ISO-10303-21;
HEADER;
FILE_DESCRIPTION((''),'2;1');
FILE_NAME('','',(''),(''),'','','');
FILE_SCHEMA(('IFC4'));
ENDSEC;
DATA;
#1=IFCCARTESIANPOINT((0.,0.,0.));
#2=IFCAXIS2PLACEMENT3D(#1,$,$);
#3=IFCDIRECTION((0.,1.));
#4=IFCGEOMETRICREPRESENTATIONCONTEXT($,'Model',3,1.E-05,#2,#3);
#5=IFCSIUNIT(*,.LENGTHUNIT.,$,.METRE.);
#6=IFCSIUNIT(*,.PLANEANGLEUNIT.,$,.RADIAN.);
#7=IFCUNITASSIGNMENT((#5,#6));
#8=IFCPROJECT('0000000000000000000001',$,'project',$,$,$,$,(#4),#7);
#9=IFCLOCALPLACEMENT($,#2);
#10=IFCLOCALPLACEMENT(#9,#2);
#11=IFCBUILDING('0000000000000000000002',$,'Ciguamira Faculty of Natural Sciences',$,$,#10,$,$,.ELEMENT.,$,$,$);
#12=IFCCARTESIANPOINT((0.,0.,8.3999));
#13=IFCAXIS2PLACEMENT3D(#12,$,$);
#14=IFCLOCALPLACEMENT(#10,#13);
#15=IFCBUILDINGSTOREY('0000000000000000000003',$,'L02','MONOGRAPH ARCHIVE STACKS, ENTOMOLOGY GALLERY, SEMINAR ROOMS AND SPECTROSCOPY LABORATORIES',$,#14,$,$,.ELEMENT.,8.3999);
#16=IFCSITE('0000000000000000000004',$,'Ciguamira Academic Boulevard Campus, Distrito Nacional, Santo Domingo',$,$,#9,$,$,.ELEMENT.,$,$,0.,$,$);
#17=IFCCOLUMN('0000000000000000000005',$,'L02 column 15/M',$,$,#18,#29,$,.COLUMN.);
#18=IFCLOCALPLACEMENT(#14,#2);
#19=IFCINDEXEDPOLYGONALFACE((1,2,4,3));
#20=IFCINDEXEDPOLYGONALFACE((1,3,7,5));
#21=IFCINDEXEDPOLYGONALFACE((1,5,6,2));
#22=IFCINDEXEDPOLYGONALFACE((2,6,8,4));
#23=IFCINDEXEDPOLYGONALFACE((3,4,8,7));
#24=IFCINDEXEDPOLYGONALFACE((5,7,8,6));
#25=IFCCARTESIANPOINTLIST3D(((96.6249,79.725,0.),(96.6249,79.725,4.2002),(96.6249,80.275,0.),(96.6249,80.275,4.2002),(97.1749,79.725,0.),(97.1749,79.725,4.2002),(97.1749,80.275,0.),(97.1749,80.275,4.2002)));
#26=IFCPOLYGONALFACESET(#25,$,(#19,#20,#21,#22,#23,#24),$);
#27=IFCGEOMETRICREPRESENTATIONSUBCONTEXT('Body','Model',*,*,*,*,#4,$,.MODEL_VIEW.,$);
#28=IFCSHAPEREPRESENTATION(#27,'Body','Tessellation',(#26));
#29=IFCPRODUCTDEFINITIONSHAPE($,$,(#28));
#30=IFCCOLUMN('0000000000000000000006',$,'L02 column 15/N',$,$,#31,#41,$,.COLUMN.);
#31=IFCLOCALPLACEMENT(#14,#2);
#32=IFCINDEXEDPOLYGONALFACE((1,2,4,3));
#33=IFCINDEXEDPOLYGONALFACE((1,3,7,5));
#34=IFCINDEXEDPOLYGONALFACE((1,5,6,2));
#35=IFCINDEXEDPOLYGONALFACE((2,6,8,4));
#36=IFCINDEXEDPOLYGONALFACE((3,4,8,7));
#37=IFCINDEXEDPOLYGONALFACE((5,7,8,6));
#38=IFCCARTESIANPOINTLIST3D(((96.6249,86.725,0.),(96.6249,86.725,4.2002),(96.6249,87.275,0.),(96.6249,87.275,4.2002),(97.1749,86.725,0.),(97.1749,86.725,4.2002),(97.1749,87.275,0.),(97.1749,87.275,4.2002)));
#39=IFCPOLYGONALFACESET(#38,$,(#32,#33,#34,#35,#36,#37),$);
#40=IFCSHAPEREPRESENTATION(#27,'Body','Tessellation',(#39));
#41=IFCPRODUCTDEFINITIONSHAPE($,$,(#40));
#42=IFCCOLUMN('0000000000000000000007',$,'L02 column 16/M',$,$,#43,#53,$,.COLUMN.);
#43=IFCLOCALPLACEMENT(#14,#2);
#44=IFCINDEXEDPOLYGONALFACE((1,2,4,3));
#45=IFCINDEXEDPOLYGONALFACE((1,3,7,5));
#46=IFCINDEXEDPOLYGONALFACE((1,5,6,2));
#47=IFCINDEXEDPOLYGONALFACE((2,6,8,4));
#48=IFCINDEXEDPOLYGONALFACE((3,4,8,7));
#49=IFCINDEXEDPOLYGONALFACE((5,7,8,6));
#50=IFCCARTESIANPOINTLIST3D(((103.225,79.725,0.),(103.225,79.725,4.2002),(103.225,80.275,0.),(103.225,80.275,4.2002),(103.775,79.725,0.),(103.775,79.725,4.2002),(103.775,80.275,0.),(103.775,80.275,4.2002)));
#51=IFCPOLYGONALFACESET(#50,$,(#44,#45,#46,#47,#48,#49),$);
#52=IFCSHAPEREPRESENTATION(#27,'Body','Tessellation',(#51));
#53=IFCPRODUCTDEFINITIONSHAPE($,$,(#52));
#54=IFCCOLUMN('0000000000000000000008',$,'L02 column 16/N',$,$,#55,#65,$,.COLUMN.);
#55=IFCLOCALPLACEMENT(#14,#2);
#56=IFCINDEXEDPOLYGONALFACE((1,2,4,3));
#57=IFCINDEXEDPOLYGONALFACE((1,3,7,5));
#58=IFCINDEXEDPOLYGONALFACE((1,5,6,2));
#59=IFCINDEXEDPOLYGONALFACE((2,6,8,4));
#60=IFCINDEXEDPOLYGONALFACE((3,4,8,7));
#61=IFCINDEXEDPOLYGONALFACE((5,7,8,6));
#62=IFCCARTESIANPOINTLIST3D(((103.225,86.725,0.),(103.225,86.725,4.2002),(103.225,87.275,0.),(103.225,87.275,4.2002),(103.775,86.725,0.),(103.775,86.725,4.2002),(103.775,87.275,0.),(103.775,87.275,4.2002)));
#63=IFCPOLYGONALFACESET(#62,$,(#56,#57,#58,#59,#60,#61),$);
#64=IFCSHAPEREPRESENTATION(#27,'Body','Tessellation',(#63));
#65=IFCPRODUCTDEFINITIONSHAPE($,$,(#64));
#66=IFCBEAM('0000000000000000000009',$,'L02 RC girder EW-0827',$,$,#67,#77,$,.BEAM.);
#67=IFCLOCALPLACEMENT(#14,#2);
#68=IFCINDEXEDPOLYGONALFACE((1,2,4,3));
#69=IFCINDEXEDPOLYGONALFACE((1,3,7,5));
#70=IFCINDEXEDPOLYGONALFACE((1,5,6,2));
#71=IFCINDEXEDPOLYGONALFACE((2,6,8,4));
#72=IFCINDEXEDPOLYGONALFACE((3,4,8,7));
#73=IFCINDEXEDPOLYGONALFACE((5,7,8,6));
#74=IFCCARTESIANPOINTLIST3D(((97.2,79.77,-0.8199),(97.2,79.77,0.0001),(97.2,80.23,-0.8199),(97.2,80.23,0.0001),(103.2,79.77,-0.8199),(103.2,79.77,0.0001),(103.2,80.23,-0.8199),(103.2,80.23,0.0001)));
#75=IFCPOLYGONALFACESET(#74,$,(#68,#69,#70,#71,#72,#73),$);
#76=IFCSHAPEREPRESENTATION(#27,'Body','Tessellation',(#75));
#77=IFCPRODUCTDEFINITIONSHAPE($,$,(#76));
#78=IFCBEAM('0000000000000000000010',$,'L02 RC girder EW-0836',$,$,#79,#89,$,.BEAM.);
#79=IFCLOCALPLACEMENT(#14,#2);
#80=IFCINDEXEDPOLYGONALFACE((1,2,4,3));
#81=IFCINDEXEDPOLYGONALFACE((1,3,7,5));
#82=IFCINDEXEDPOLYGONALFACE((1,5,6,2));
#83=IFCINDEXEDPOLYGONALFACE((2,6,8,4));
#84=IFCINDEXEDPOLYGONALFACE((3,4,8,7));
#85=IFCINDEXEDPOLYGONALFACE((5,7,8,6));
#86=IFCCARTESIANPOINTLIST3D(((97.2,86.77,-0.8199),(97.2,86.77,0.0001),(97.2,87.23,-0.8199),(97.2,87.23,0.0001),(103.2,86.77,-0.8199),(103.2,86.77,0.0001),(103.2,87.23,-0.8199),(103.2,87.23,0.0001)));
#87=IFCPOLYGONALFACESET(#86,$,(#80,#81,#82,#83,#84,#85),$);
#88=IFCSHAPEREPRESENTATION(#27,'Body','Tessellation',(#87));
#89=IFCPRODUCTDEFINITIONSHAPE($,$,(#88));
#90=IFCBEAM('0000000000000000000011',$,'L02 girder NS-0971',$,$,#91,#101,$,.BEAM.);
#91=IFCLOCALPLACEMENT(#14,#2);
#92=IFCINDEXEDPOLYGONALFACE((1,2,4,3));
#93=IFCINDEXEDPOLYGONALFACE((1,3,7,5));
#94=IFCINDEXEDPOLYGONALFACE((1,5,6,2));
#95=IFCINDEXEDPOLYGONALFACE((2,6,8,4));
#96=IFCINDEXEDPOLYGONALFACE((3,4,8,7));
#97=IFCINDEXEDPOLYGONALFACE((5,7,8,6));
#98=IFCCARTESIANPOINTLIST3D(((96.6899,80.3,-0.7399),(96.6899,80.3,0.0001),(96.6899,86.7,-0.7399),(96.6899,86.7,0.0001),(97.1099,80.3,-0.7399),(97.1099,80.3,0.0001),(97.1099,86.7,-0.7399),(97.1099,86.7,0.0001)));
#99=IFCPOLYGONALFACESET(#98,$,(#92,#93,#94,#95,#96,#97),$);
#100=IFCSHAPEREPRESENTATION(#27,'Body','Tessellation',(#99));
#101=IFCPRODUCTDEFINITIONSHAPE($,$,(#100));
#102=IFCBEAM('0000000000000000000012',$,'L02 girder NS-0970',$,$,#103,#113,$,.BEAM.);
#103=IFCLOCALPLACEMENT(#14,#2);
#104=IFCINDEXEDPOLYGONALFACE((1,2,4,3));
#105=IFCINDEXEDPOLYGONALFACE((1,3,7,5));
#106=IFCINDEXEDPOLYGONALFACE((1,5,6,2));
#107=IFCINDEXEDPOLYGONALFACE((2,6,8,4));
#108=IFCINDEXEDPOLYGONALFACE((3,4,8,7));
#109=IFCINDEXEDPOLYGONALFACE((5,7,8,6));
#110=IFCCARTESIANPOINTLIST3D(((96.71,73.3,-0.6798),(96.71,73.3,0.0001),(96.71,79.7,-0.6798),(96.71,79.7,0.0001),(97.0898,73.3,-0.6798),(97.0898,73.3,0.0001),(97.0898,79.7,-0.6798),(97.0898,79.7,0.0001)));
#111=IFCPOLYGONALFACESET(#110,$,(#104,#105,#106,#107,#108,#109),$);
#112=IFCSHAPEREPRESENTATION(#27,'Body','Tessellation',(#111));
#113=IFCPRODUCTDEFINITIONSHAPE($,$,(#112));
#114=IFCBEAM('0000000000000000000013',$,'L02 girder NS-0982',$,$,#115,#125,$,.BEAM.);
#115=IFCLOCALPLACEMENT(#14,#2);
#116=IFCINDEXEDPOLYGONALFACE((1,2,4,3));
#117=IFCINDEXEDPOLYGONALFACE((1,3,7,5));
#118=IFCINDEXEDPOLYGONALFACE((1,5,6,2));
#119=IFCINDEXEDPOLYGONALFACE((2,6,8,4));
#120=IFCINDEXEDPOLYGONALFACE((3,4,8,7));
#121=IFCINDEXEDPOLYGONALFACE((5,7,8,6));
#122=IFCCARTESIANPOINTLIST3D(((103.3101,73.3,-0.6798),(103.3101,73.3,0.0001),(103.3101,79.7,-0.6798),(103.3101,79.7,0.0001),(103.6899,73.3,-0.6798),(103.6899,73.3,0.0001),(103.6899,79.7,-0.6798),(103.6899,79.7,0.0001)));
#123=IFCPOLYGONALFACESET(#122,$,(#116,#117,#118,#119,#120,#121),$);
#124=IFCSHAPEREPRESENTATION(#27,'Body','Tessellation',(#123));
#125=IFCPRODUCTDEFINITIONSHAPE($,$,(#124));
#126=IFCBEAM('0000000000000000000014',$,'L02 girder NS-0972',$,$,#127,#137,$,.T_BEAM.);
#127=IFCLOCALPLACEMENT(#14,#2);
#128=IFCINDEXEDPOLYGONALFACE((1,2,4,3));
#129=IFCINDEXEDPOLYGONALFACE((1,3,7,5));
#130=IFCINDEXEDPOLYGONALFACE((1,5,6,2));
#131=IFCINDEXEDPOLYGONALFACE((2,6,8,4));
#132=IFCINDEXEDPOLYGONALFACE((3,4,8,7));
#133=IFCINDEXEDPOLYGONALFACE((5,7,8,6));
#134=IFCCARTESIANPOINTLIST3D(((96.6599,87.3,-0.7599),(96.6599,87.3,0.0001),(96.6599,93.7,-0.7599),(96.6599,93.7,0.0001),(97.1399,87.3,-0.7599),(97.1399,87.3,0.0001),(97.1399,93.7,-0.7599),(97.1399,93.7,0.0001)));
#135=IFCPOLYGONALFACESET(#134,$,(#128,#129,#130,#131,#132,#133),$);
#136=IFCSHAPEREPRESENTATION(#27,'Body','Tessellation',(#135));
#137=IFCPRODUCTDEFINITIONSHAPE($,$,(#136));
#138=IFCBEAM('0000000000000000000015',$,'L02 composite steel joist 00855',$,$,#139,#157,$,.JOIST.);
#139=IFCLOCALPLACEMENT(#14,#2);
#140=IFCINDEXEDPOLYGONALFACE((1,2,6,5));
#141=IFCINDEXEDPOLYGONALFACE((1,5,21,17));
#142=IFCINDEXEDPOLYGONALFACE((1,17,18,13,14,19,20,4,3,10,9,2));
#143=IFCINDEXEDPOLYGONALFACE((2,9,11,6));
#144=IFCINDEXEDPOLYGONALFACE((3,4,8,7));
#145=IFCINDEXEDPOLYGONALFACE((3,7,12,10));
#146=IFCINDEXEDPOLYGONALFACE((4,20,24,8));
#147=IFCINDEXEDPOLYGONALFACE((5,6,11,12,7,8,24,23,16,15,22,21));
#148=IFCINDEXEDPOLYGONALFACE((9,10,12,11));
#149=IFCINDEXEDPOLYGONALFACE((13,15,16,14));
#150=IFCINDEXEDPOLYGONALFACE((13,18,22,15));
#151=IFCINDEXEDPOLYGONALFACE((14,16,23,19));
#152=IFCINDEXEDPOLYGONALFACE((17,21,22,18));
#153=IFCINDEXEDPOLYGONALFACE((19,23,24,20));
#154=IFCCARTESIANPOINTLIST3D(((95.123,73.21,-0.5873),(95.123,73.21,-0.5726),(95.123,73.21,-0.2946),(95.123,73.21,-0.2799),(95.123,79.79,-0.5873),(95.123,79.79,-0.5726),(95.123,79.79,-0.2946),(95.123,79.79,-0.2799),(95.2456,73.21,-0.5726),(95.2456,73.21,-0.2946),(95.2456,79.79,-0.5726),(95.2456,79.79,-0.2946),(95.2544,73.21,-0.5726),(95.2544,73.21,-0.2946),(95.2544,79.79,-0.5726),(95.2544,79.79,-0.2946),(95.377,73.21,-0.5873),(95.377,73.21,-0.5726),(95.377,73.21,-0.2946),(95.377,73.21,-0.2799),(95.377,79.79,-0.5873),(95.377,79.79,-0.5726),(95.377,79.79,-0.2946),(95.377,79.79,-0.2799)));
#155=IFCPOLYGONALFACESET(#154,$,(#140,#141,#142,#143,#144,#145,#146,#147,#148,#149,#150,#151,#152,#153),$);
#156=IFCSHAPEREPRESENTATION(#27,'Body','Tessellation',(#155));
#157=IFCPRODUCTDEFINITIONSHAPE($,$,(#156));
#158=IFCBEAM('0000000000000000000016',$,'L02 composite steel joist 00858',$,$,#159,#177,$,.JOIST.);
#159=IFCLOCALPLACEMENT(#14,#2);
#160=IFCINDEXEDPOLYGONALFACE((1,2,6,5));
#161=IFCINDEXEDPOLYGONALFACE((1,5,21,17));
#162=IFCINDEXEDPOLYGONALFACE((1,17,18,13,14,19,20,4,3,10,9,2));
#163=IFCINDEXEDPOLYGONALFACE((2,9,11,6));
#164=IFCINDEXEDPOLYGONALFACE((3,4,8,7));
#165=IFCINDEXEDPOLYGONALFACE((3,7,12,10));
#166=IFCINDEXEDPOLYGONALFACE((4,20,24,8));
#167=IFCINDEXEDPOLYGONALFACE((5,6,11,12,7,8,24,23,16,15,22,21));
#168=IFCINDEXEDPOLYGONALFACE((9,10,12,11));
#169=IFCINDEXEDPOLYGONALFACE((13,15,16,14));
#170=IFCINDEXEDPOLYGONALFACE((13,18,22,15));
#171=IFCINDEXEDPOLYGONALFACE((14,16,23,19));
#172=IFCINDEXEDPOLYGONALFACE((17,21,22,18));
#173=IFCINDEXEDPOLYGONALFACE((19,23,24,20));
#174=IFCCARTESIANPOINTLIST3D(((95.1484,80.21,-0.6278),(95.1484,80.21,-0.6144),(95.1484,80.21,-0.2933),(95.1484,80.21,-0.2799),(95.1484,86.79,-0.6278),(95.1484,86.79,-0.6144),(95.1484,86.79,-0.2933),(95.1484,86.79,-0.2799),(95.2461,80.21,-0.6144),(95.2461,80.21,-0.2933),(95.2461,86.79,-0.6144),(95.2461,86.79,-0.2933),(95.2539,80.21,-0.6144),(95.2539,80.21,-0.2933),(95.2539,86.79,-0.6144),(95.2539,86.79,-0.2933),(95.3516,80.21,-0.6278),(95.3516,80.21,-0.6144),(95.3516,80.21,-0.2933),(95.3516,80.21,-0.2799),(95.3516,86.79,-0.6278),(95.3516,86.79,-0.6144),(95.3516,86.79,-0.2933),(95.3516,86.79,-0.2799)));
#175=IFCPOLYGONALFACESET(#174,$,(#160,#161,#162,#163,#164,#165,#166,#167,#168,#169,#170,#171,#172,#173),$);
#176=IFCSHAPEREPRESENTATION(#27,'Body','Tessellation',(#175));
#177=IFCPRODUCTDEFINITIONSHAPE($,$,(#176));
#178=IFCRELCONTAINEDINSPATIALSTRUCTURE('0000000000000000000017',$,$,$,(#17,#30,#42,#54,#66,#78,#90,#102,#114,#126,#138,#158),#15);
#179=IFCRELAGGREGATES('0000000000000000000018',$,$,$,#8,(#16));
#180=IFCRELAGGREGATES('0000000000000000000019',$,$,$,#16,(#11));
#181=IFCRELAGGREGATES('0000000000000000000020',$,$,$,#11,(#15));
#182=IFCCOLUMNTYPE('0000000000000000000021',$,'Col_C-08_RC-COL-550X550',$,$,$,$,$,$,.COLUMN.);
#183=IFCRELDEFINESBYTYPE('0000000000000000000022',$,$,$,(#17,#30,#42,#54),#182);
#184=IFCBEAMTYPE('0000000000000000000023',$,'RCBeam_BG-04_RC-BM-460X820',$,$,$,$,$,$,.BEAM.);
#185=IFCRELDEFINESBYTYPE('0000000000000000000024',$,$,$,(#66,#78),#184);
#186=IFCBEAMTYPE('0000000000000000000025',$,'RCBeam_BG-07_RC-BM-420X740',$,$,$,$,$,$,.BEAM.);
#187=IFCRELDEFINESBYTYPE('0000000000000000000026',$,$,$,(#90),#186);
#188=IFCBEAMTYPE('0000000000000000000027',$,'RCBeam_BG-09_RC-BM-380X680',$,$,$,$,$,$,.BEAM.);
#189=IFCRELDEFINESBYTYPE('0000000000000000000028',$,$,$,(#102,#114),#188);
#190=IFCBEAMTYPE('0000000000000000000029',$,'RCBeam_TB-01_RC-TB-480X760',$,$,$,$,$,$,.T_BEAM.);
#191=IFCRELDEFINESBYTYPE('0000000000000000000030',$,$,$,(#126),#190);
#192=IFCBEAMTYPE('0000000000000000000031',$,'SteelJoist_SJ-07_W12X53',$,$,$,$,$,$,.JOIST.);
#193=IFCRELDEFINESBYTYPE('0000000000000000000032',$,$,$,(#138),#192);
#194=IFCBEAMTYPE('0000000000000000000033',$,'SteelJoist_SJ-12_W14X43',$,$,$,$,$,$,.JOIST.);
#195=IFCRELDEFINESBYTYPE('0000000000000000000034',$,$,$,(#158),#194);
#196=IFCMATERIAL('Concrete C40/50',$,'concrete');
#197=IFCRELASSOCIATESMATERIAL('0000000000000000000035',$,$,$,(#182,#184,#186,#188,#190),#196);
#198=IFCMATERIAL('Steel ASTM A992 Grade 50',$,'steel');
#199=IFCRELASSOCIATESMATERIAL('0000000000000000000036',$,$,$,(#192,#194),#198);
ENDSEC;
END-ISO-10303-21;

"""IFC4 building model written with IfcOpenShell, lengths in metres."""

from ifc_helpers import new_model, si_unit, direction, frame, origin, origin_2d, place, context, subcontext, project, spatial, rectangle, i_section, extrude, material, material_profile, profile_set, type_object, element, save


model = new_model("IFC4")

# Units and contexts
model_context = context("Model", 3, precision=1e-05, world=origin(), true_north=direction((0.0, 1.0)))
body_context = subcontext(model_context, "Body", "Model", "MODEL_VIEW")
ifc_project = project(units=[si_unit("LENGTHUNIT", "METRE"), si_unit("PLANEANGLEUNIT", "RADIAN")], contexts=[model_context])

# Site, building, storey
site_placement = place(None, origin())
site = spatial("IfcSite", under=ifc_project, at=site_placement, Name="Ciguamira Academic Boulevard Campus, Distrito Nacional, Santo Domingo", CompositionType="ELEMENT", RefElevation=0.0)
building_placement = place(site_placement, origin())
building = spatial("IfcBuilding", under=site, at=building_placement, Name="Ciguamira Faculty of Natural Sciences", CompositionType="ELEMENT")
storey_placement = place(building_placement, frame((0.0, 0.0, 8.3999)))
storey = spatial("IfcBuildingStorey", under=building, at=storey_placement, Name="L02", Description="MONOGRAPH ARCHIVE STACKS, ENTOMOLOGY GALLERY, SEMINAR ROOMS AND SPECTROSCOPY LABORATORIES", CompositionType="ELEMENT", Elevation=8.3999)

# Columns
ifc_material_1 = material(Name="Concrete C40/50", Category="concrete")
ifc_material_profile_1 = material_profile(ifc_material_1, rectangle(XDim=0.55, YDim=0.55, at=origin_2d()), Name="RC-COL-550X550")
ifc_profile_set_1 = profile_set([ifc_material_profile_1], Name="Concrete C40/50")
column_type = type_object("IfcColumnType", Name="Col_C-08_RC-COL-550X550", PredefinedType="COLUMN", material=ifc_profile_set_1)
for number, where, z_axis, x_axis, name in (
    (1, (96.8999, 80.0, 0.0), (0.0, 0.0, 1.0), (1.0, 0.0, 0.0), "L02 column 15/M"),
    (2, (96.8999, 87.0, 0.0), (0.0, 0.0, 1.0), (1.0, 0.0, 0.0), "L02 column 15/N"),
    (3, (103.5, 80.0, 0.0), (0.0, 0.0, 1.0), (1.0, 0.0, 0.0), "L02 column 16/M"),
    (4, (103.5, 87.0, 0.0), (0.0, 0.0, 1.0), (1.0, 0.0, 0.0), "L02 column 16/N"),
):
    element("IfcColumn", number, at=place(storey_placement, frame(where, z_axis=z_axis, x_axis=x_axis)), inside=storey, type_object=column_type, Name=name, PredefinedType="COLUMN", context=body_context, shape_type="SweptSolid", body=[
        extrude(rectangle(XDim=0.55, YDim=0.55, at=origin_2d()), origin(), (0.0, 0.0, 1.0), 4.2002),
    ])

# Beams
ifc_material_profile_2 = material_profile(ifc_material_1, rectangle(XDim=0.46, YDim=0.8201, at=origin_2d()), Name="RC-BM-460X820")
ifc_profile_set_2 = profile_set([ifc_material_profile_2], Name="Concrete C40/50")
beam_type_1 = type_object("IfcBeamType", Name="RCBeam_BG-04_RC-BM-460X820", PredefinedType="BEAM", material=ifc_profile_set_2)
for number, where, z_axis, x_axis, name in (
    (5, (97.2, 80.0, -0.4099), (1.0, 0.0, 0.0), (0.0, 1.0, 0.0), "L02 RC girder EW-0827"),
    (6, (97.2, 87.0, -0.4099), (1.0, 0.0, 0.0), (0.0, 1.0, 0.0), "L02 RC girder EW-0836"),
):
    element("IfcBeam", number, at=place(storey_placement, frame(where, z_axis=z_axis, x_axis=x_axis)), inside=storey, type_object=beam_type_1, Name=name, PredefinedType="BEAM", context=body_context, shape_type="SweptSolid", body=[
        extrude(rectangle(XDim=0.46, YDim=0.8201, at=origin_2d()), origin(), (0.0, 0.0, 1.0), 6.0),
    ])
ifc_material_profile_3 = material_profile(ifc_material_1, rectangle(XDim=0.4199, YDim=0.74, at=origin_2d()), Name="RC-BM-420X740")
ifc_profile_set_3 = profile_set([ifc_material_profile_3], Name="Concrete C40/50")
beam_type_2 = type_object("IfcBeamType", Name="RCBeam_BG-07_RC-BM-420X740", PredefinedType="BEAM", material=ifc_profile_set_3)
beam_1_placement = place(storey_placement, frame((96.8999, 80.3, -0.3699), z_axis=(0.0, 1.0, 0.0), x_axis=(-1.0, 0.0, 0.0)))
element("IfcBeam", 7, at=beam_1_placement, inside=storey, type_object=beam_type_2, Name="L02 girder NS-0971", PredefinedType="BEAM", context=body_context, shape_type="SweptSolid", body=[
    extrude(rectangle(XDim=0.4199, YDim=0.74, at=origin_2d()), origin(), (0.0, 0.0, 1.0), 6.3999),
])
ifc_material_profile_4 = material_profile(ifc_material_1, rectangle(XDim=0.3799, YDim=0.6799, at=origin_2d()), Name="RC-BM-380X680")
ifc_profile_set_4 = profile_set([ifc_material_profile_4], Name="Concrete C40/50")
beam_type_3 = type_object("IfcBeamType", Name="RCBeam_BG-09_RC-BM-380X680", PredefinedType="BEAM", material=ifc_profile_set_4)
for number, where, z_axis, x_axis, name in (
    (8, (96.8999, 73.3, -0.3398), (0.0, 1.0, 0.0), (-1.0, 0.0, 0.0), "L02 girder NS-0970"),
    (9, (103.5, 73.3, -0.3398), (0.0, 1.0, 0.0), (-1.0, 0.0, 0.0), "L02 girder NS-0982"),
):
    element("IfcBeam", number, at=place(storey_placement, frame(where, z_axis=z_axis, x_axis=x_axis)), inside=storey, type_object=beam_type_3, Name=name, PredefinedType="BEAM", context=body_context, shape_type="SweptSolid", body=[
        extrude(rectangle(XDim=0.3799, YDim=0.6799, at=origin_2d()), origin(), (0.0, 0.0, 1.0), 6.3999),
    ])
ifc_material_profile_5 = material_profile(ifc_material_1, rectangle(XDim=0.48, YDim=0.76, at=origin_2d()), Name="RC-TB-480X760")
ifc_profile_set_5 = profile_set([ifc_material_profile_5], Name="Concrete C40/50")
beam_type_4 = type_object("IfcBeamType", Name="RCBeam_TB-01_RC-TB-480X760", PredefinedType="T_BEAM", material=ifc_profile_set_5)
beam_2_placement = place(storey_placement, frame((96.8999, 87.3, -0.3799), z_axis=(0.0, 1.0, 0.0), x_axis=(-1.0, 0.0, 0.0)))
element("IfcBeam", 10, at=beam_2_placement, inside=storey, type_object=beam_type_4, Name="L02 girder NS-0972", PredefinedType="T_BEAM", context=body_context, shape_type="SweptSolid", body=[
    extrude(rectangle(XDim=0.48, YDim=0.76, at=origin_2d()), origin(), (0.0, 0.0, 1.0), 6.3999),
])
ifc_material_2 = material(Name="Steel ASTM A992 Grade 50", Category="steel")
ifc_material_profile_6 = material_profile(ifc_material_2, i_section(OverallWidth=0.2539, OverallDepth=0.3074, WebThickness=0.0088, FlangeThickness=0.0146, at=origin_2d()), Name="W12X53")
ifc_profile_set_6 = profile_set([ifc_material_profile_6], Name="Steel ASTM A992 Grade 50")
beam_type_5 = type_object("IfcBeamType", Name="SteelJoist_SJ-07_W12X53", PredefinedType="JOIST", material=ifc_profile_set_6)
beam_3_placement = place(storey_placement, frame((95.25, 73.21, -0.4336), z_axis=(0.0, 1.0, 0.0), x_axis=(-1.0, 0.0, 0.0)))
element("IfcBeam", 11, at=beam_3_placement, inside=storey, type_object=beam_type_5, Name="L02 composite steel joist 00855", PredefinedType="JOIST", context=body_context, shape_type="SweptSolid", body=[
    extrude(i_section(OverallWidth=0.2539, OverallDepth=0.3074, WebThickness=0.0088, FlangeThickness=0.0146, at=origin_2d()), origin(), (0.0, 0.0, 1.0), 6.5801),
])
ifc_material_profile_7 = material_profile(ifc_material_2, i_section(OverallWidth=0.2031, OverallDepth=0.3479, WebThickness=0.0078, FlangeThickness=0.0134, at=origin_2d()), Name="W14X43")
ifc_profile_set_7 = profile_set([ifc_material_profile_7], Name="Steel ASTM A992 Grade 50")
beam_type_6 = type_object("IfcBeamType", Name="SteelJoist_SJ-12_W14X43", PredefinedType="JOIST", material=ifc_profile_set_7)
beam_4_placement = place(storey_placement, frame((95.25, 80.21, -0.4539), z_axis=(0.0, 1.0, 0.0), x_axis=(-1.0, 0.0, 0.0)))
element("IfcBeam", 12, at=beam_4_placement, inside=storey, type_object=beam_type_6, Name="L02 composite steel joist 00858", PredefinedType="JOIST", context=body_context, shape_type="SweptSolid", body=[
    extrude(i_section(OverallWidth=0.2031, OverallDepth=0.3479, WebThickness=0.0078, FlangeThickness=0.0134, at=origin_2d()), origin(), (0.0, 0.0, 1.0), 6.5801),
])

save(model, "model.ifc")
